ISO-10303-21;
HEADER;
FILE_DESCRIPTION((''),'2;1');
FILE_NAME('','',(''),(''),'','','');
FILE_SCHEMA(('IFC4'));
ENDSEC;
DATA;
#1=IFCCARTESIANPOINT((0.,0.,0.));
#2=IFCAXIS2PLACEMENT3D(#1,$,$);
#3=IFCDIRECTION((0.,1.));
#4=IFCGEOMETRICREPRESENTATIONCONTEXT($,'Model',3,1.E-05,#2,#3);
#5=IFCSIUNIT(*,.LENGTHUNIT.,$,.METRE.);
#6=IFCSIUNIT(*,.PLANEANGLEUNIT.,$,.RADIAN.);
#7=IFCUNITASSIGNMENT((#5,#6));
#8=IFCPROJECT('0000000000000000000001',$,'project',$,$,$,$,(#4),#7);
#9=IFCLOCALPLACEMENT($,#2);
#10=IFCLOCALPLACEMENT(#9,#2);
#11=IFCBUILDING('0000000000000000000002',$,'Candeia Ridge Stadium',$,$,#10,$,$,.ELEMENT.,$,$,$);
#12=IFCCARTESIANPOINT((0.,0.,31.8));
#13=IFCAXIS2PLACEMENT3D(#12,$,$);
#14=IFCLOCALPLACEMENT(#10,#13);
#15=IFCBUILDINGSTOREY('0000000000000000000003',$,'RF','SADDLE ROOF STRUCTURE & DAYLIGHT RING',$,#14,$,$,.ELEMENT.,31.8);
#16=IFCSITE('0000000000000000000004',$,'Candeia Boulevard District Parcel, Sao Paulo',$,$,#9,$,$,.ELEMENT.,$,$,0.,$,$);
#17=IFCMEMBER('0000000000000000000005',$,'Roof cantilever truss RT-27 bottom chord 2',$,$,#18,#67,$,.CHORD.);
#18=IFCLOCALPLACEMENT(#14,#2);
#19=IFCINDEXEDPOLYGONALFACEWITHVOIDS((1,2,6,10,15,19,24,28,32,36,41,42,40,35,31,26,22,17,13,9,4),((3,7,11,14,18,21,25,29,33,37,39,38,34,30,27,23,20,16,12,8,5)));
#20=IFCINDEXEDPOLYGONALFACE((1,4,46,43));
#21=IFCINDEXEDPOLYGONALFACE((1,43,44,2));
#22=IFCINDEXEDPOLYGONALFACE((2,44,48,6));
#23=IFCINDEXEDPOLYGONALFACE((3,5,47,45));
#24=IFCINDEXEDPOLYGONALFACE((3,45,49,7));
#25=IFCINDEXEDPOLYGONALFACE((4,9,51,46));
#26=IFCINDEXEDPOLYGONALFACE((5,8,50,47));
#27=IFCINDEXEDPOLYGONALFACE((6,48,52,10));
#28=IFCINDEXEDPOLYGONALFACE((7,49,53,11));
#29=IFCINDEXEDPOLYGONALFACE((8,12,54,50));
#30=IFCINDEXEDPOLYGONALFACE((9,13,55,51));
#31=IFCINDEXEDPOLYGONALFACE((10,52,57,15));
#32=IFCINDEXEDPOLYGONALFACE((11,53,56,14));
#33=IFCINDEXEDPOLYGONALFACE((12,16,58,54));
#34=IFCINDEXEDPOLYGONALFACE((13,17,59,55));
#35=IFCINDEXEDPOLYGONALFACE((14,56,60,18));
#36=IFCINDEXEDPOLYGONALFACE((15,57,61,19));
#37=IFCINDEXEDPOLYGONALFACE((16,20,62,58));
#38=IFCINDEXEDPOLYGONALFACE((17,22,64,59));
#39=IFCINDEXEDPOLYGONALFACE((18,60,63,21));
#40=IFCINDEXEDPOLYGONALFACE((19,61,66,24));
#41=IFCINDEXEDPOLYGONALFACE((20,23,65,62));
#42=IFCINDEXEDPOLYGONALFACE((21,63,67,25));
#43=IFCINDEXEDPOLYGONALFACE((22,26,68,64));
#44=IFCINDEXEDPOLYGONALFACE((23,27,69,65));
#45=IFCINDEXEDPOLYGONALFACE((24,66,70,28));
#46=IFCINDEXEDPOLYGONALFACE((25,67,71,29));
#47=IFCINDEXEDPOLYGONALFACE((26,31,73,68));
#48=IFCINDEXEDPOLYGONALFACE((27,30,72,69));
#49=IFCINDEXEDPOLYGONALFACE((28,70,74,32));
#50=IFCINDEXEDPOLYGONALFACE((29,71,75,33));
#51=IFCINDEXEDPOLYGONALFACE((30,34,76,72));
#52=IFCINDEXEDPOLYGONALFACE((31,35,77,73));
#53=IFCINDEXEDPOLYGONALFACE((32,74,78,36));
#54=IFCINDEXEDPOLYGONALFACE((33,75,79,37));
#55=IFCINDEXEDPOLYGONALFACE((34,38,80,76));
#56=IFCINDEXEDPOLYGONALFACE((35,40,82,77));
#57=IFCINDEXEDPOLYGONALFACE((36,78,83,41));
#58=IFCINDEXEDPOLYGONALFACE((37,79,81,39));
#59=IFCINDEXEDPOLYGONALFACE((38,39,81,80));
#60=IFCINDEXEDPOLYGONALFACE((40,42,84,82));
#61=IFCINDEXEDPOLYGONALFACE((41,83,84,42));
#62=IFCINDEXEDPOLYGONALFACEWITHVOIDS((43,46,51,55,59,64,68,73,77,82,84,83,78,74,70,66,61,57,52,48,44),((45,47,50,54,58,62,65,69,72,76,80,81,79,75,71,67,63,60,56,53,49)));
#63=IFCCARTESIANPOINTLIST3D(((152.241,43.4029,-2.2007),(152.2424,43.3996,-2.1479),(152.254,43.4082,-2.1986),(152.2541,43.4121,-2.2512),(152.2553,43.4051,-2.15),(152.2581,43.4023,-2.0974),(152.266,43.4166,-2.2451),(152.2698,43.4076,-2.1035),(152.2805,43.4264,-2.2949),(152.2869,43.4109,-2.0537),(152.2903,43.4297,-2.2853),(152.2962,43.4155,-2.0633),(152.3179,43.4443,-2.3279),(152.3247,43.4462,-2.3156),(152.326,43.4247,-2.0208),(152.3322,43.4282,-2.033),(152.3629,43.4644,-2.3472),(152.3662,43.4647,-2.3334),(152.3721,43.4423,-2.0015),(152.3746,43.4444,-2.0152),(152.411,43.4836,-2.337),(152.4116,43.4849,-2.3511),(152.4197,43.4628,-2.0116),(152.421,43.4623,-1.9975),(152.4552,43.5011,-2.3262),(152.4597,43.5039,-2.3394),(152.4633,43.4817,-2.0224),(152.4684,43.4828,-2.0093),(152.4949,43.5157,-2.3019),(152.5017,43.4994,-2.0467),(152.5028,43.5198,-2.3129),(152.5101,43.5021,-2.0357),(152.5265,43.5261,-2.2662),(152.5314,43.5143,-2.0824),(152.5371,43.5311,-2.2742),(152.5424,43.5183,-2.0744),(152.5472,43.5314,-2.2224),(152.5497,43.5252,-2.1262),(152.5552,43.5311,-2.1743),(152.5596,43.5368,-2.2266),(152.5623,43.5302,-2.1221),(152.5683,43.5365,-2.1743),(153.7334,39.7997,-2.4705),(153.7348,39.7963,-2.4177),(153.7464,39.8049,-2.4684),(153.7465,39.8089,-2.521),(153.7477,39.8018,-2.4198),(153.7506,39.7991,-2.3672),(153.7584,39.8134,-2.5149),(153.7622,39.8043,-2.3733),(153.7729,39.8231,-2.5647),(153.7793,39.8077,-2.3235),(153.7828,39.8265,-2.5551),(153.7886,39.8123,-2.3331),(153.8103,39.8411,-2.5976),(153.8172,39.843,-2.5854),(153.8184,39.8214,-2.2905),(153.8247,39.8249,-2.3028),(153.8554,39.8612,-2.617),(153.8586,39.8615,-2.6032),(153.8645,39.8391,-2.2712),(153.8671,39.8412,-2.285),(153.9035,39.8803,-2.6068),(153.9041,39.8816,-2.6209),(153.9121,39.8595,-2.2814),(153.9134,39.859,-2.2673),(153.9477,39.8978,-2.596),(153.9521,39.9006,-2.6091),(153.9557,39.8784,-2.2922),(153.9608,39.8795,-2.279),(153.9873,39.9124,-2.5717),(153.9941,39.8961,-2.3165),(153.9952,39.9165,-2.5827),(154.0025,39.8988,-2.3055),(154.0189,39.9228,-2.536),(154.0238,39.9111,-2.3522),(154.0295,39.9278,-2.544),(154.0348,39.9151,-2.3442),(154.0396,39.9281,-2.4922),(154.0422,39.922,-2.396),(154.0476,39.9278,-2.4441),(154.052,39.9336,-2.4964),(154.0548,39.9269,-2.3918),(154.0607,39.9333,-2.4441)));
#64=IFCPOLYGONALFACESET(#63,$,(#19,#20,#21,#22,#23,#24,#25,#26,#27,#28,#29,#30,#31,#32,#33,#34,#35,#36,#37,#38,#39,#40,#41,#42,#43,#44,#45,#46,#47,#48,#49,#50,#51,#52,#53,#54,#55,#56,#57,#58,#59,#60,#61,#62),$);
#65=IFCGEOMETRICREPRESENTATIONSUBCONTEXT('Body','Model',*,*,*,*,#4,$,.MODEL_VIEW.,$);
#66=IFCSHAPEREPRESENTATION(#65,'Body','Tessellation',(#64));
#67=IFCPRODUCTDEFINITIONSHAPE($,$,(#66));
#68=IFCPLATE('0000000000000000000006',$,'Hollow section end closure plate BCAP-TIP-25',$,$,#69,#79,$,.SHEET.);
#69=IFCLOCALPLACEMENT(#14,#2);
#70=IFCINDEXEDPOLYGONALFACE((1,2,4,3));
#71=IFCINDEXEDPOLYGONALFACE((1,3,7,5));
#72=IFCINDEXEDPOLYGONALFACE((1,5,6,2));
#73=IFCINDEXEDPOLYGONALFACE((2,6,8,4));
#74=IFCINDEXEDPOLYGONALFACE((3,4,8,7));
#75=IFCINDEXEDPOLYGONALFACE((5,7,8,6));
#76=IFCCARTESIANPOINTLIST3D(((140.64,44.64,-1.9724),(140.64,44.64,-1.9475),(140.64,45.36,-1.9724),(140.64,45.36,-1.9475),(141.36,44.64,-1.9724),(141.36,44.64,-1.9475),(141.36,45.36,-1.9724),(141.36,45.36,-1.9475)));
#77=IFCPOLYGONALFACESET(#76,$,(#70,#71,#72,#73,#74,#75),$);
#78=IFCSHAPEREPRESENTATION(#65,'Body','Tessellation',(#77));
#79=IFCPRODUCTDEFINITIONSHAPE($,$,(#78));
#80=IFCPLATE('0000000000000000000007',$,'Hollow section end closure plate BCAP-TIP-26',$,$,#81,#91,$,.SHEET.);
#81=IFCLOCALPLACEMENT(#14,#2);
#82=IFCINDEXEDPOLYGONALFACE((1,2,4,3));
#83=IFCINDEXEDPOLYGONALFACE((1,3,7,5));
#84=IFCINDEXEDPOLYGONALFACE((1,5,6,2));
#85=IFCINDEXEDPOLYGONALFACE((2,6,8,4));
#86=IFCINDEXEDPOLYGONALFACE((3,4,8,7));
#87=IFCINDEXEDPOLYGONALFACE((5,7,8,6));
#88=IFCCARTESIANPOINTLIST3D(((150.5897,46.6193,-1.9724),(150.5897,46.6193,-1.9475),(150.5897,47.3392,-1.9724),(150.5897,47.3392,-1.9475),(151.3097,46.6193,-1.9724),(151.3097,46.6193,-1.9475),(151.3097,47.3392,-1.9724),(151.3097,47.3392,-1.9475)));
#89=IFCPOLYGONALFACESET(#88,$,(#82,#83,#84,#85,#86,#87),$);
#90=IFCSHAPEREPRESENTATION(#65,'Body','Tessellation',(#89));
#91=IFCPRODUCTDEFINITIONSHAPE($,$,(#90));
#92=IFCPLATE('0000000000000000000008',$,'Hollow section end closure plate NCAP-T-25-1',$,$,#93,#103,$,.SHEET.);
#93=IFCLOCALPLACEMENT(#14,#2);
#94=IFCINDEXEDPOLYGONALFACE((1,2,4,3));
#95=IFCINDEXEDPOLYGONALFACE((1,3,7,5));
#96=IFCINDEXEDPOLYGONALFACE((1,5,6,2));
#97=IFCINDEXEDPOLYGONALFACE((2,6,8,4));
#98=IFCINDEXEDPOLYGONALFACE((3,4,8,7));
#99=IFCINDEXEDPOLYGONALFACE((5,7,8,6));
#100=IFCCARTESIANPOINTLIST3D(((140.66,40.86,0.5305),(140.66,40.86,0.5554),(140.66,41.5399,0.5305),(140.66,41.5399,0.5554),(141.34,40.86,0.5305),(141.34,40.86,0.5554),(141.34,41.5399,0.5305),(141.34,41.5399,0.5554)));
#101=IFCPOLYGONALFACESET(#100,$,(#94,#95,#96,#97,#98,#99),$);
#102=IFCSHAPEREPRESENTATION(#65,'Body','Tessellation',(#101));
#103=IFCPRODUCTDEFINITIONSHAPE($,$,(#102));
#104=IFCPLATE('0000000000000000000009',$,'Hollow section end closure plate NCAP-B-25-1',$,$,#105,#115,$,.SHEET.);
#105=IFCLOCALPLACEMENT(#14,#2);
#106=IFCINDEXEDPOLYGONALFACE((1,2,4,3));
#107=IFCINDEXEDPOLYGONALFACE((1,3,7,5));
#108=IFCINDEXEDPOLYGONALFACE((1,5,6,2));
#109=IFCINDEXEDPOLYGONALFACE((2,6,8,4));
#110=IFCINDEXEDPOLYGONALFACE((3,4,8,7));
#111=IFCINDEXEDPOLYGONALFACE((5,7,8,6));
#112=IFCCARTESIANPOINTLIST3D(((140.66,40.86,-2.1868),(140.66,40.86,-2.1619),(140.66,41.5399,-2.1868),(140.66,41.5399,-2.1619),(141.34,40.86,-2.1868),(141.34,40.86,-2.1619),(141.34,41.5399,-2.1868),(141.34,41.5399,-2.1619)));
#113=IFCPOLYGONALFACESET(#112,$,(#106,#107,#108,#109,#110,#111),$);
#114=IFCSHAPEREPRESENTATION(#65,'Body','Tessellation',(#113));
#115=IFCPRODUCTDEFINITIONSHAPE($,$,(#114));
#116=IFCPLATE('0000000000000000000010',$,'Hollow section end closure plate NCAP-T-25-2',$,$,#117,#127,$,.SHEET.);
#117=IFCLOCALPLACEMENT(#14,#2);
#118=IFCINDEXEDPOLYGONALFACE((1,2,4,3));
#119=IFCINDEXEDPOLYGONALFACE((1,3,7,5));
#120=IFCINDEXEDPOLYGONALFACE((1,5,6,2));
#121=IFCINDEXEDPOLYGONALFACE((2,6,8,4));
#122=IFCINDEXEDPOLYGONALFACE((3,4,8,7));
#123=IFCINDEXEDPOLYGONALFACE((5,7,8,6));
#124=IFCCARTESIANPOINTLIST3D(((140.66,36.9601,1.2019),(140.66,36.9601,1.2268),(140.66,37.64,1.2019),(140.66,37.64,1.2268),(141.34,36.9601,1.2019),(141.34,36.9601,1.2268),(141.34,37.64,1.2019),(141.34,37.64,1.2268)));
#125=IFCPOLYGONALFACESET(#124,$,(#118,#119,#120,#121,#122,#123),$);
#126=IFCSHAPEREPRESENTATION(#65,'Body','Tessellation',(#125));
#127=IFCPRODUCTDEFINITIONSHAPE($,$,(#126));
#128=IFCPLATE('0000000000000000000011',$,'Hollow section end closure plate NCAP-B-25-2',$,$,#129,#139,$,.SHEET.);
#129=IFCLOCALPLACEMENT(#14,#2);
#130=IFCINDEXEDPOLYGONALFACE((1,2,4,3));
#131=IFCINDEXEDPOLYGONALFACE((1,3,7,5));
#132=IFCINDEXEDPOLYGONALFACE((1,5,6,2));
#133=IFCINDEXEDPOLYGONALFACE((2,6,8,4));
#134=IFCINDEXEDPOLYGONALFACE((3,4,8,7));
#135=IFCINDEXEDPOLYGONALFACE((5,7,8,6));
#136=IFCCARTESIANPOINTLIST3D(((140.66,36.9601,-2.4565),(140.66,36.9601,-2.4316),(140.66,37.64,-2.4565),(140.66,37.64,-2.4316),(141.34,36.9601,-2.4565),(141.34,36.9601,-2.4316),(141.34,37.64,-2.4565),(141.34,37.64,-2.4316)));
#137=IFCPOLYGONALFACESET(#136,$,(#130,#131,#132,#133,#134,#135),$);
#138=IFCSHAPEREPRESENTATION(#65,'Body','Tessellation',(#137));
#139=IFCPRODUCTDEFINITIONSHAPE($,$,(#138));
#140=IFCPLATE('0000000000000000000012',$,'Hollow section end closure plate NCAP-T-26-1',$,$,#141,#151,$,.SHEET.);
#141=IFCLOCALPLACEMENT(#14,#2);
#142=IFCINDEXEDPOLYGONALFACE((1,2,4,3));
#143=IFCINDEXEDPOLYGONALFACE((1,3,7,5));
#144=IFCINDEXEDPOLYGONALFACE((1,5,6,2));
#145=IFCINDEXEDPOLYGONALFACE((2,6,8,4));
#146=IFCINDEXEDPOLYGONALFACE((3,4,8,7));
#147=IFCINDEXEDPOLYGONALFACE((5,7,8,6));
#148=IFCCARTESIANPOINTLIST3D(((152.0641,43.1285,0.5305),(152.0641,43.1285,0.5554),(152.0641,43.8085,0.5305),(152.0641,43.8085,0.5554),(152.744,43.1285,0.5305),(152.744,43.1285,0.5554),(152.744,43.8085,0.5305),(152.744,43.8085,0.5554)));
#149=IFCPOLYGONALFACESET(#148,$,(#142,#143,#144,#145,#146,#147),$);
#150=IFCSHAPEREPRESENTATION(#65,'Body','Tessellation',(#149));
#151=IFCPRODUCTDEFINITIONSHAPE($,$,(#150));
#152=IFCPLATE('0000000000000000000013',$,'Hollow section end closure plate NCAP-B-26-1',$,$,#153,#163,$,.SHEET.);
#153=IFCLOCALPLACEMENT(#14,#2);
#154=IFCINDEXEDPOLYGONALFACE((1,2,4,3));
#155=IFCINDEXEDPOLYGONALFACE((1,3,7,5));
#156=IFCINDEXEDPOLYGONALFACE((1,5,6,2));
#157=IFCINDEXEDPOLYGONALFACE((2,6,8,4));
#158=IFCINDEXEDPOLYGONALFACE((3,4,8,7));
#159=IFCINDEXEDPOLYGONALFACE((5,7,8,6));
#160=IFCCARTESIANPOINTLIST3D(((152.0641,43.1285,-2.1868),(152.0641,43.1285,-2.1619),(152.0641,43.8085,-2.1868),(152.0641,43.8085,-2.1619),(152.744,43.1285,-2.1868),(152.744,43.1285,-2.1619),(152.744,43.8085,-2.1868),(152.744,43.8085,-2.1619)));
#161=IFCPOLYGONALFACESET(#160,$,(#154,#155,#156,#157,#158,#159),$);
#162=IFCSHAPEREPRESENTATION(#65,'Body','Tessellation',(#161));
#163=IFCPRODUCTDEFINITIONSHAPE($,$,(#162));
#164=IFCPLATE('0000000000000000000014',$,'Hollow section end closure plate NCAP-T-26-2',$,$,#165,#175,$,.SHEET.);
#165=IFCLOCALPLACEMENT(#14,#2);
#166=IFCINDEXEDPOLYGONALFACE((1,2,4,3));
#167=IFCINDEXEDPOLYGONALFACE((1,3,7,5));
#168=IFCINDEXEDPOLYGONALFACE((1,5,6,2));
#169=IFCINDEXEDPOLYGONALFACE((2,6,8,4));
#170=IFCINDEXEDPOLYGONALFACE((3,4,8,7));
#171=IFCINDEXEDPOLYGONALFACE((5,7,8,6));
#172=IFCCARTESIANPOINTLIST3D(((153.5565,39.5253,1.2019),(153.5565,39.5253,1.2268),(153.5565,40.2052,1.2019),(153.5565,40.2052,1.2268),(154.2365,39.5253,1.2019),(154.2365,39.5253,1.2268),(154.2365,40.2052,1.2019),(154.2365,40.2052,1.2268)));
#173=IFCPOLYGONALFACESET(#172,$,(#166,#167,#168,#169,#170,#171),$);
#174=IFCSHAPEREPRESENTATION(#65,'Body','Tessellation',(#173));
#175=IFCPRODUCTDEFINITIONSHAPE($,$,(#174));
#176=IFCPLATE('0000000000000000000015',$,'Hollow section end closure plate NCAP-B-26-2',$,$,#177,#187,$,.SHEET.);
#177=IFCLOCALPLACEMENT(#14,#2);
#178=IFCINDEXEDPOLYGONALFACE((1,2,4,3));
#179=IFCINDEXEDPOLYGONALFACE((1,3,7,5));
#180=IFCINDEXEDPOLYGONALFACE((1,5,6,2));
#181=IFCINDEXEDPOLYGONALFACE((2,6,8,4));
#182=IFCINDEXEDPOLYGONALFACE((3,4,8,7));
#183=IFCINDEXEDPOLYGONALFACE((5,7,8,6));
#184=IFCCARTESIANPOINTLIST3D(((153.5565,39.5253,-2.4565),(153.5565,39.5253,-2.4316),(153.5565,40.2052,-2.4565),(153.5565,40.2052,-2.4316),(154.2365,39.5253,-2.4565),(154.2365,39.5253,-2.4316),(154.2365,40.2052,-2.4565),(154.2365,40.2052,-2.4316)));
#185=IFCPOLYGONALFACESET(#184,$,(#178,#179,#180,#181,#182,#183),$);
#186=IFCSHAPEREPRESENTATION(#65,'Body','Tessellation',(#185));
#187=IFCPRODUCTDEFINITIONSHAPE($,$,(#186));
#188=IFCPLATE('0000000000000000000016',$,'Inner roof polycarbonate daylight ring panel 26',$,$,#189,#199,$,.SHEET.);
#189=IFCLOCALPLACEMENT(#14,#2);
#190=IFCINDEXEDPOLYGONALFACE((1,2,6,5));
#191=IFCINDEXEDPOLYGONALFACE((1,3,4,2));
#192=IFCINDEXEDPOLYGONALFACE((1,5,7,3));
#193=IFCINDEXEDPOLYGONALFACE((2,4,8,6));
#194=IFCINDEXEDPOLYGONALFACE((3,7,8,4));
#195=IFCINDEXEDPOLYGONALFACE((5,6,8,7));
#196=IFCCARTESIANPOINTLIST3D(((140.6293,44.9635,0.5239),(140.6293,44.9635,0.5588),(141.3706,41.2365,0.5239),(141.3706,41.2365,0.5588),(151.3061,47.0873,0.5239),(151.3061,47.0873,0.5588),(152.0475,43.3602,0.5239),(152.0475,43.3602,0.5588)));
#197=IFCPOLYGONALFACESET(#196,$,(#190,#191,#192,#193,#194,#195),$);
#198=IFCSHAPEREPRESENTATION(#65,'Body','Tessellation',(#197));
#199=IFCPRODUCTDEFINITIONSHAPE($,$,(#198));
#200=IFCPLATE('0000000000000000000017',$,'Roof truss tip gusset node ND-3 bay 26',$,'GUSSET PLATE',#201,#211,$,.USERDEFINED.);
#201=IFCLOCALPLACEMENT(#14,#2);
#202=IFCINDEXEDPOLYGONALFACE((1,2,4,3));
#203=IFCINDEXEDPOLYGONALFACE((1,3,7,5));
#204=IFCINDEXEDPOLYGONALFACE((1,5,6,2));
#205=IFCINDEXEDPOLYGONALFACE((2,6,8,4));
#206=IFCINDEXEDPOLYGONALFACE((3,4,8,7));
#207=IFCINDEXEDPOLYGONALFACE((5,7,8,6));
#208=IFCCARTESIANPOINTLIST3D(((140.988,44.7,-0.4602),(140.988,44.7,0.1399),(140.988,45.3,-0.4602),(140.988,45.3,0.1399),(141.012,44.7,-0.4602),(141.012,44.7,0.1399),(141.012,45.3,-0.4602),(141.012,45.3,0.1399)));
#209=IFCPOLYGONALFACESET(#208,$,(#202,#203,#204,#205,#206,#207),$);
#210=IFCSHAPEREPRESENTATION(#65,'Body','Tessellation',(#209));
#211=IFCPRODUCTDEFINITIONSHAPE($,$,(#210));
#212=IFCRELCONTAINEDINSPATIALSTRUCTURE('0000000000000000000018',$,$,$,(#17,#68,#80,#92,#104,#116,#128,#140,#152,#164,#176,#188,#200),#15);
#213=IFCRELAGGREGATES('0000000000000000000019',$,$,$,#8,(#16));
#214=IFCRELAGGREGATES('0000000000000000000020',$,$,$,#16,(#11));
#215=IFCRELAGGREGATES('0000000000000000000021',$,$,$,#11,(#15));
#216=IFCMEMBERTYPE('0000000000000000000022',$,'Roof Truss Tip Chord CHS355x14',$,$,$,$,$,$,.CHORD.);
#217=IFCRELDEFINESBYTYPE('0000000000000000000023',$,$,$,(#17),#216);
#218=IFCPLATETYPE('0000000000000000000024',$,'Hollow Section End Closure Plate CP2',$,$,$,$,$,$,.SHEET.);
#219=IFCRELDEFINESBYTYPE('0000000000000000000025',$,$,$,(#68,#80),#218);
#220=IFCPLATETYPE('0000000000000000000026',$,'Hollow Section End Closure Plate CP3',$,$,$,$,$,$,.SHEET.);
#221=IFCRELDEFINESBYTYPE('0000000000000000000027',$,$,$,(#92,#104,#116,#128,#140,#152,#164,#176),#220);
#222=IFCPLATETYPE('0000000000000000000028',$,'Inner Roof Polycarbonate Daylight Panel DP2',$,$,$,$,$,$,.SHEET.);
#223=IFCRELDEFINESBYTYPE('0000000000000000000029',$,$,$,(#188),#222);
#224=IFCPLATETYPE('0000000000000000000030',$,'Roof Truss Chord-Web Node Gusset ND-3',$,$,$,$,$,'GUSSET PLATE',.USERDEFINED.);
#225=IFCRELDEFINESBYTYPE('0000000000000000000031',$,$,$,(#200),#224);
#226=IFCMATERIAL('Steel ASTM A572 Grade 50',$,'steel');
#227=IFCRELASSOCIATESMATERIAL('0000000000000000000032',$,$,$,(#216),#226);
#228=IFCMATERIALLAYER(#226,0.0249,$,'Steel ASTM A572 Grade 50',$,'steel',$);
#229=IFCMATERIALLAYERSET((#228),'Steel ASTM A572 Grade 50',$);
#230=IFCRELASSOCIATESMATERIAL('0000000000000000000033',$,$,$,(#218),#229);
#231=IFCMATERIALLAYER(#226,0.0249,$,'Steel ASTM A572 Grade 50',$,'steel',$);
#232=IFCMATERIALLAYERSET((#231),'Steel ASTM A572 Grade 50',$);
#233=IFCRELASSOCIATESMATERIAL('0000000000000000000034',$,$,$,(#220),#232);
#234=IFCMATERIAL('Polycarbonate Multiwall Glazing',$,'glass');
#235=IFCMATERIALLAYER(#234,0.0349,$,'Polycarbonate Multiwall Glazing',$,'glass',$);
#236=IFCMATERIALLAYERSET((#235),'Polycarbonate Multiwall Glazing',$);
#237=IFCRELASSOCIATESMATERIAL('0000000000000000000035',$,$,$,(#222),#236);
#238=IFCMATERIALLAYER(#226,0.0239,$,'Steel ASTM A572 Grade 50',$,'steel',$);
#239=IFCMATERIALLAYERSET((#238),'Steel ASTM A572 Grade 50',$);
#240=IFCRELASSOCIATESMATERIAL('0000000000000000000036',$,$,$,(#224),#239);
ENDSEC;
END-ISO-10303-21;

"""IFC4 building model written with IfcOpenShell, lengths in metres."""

from ifc_helpers import new_model, si_unit, direction, frame, origin, origin_2d, place, context, subcontext, project, spatial, rectangle, hollow_circle, extrude, material, layer, layer_set, material_profile, profile_set, type_object, element, save


model = new_model("IFC4")

# Units and contexts
model_context = context("Model", 3, precision=1e-05, world=origin(), true_north=direction((0.0, 1.0)))
body_context = subcontext(model_context, "Body", "Model", "MODEL_VIEW")
ifc_project = project(units=[si_unit("LENGTHUNIT", "METRE"), si_unit("PLANEANGLEUNIT", "RADIAN")], contexts=[model_context])

# Site, building, storey
site_placement = place(None, origin())
site = spatial("IfcSite", under=ifc_project, at=site_placement, Name="Candeia Boulevard District Parcel, Sao Paulo", CompositionType="ELEMENT", RefElevation=0.0)
building_placement = place(site_placement, origin())
building = spatial("IfcBuilding", under=site, at=building_placement, Name="Candeia Ridge Stadium", CompositionType="ELEMENT")
storey_placement = place(building_placement, frame((0.0, 0.0, 31.8)))
storey = spatial("IfcBuildingStorey", under=building, at=storey_placement, Name="RF", Description="SADDLE ROOF STRUCTURE & DAYLIGHT RING", CompositionType="ELEMENT", Elevation=31.8)

# Shared definitions
ifc_material_1 = material(Name="Steel ASTM A572 Grade 50", Category="steel")

# Member
ifc_material_profile_1 = material_profile(ifc_material_1, hollow_circle(Radius=0.1777, WallThickness=0.0142, at=origin_2d()), Name="CHS355x14", Category="steel")
ifc_profile_set_1 = profile_set([ifc_material_profile_1], Name="Steel ASTM A572 Grade 50")
member_type_1 = type_object("IfcMemberType", Name="Roof Truss Tip Chord CHS355x14", PredefinedType="CHORD", material=ifc_profile_set_1)
member_1_placement = place(storey_placement, frame((152.4041, 43.4685, -2.1743), z_axis=(0.381751, -0.921686, -0.069006), x_axis=(0.923888, 0.382663, 0.0)))
element("IfcMember", 1, at=member_1_placement, inside=storey, type_object=member_type_1, Name="Roof cantilever truss RT-27 bottom chord 2", PredefinedType="CHORD", context=body_context, shape_type="SweptSolid", body=[
    extrude(hollow_circle(Radius=0.1777, WallThickness=0.0142, at=origin_2d()), origin(), (0.0, 0.0, 1.0), 3.9094),
])

# Plates
ifc_layer_1 = layer(ifc_material_1, 0.0249, Name="Steel ASTM A572 Grade 50", Category="steel")
ifc_layer_set_1 = layer_set([ifc_layer_1], Name="Steel ASTM A572 Grade 50")
plate_type_1 = type_object("IfcPlateType", Name="Hollow Section End Closure Plate CP2", PredefinedType="SHEET", material=ifc_layer_set_1)
for number, where, z_axis, x_axis, name in (
    (2, (141.0, 45.0, -1.9724), (0.0, 0.0, 1.0), (1.0, 0.0, 0.0), "Hollow section end closure plate BCAP-TIP-25"),
    (3, (150.9497, 46.9792, -1.9724), (0.0, 0.0, 1.0), (1.0, 0.0, 0.0), "Hollow section end closure plate BCAP-TIP-26"),
):
    element("IfcPlate", number, at=place(storey_placement, frame(where, z_axis=z_axis, x_axis=x_axis)), inside=storey, type_object=plate_type_1, Name=name, PredefinedType="SHEET", context=body_context, shape_type="SweptSolid", body=[
        extrude(rectangle(XDim=0.72, YDim=0.72, at=origin_2d()), origin(), (0.0, 0.0, 1.0), 0.0249),
    ])
ifc_layer_2 = layer(ifc_material_1, 0.0249, Name="Steel ASTM A572 Grade 50", Category="steel")
ifc_layer_set_2 = layer_set([ifc_layer_2], Name="Steel ASTM A572 Grade 50")
plate_type_2 = type_object("IfcPlateType", Name="Hollow Section End Closure Plate CP3", PredefinedType="SHEET", material=ifc_layer_set_2)
for number, where, z_axis, x_axis, name in (
    (4, (141.0, 41.2, 0.5305), (0.0, 0.0, 1.0), (1.0, 0.0, 0.0), "Hollow section end closure plate NCAP-T-25-1"),
    (5, (141.0, 41.2, -2.1868), (0.0, 0.0, 1.0), (1.0, 0.0, 0.0), "Hollow section end closure plate NCAP-B-25-1"),
    (6, (141.0, 37.3, 1.2019), (0.0, 0.0, 1.0), (1.0, 0.0, 0.0), "Hollow section end closure plate NCAP-T-25-2"),
    (7, (141.0, 37.3, -2.4565), (0.0, 0.0, 1.0), (1.0, 0.0, 0.0), "Hollow section end closure plate NCAP-B-25-2"),
    (8, (152.4041, 43.4685, 0.5305), (0.0, 0.0, 1.0), (1.0, 0.0, 0.0), "Hollow section end closure plate NCAP-T-26-1"),
    (9, (152.4041, 43.4685, -2.1868), (0.0, 0.0, 1.0), (1.0, 0.0, 0.0), "Hollow section end closure plate NCAP-B-26-1"),
    (10, (153.8965, 39.8652, 1.2019), (0.0, 0.0, 1.0), (1.0, 0.0, 0.0), "Hollow section end closure plate NCAP-T-26-2"),
    (11, (153.8965, 39.8652, -2.4565), (0.0, 0.0, 1.0), (1.0, 0.0, 0.0), "Hollow section end closure plate NCAP-B-26-2"),
):
    element("IfcPlate", number, at=place(storey_placement, frame(where, z_axis=z_axis, x_axis=x_axis)), inside=storey, type_object=plate_type_2, Name=name, PredefinedType="SHEET", context=body_context, shape_type="SweptSolid", body=[
        extrude(rectangle(XDim=0.6799, YDim=0.6799, at=origin_2d()), origin(), (0.0, 0.0, 1.0), 0.0249),
    ])
ifc_material_2 = material(Name="Polycarbonate Multiwall Glazing", Category="glass")
ifc_layer_3 = layer(ifc_material_2, 0.0349, Name="Polycarbonate Multiwall Glazing", Category="glass")
ifc_layer_set_3 = layer_set([ifc_layer_3], Name="Polycarbonate Multiwall Glazing")
plate_type_3 = type_object("IfcPlateType", Name="Inner Roof Polycarbonate Daylight Panel DP2", PredefinedType="SHEET", material=ifc_layer_set_3)
plate_placement = place(storey_placement, frame((146.3384, 44.1619, 0.5239), z_axis=(0.0, 0.0, 1.0), x_axis=(0.980785, 0.19509, 0.0)))
element("IfcPlate", 12, at=plate_placement, inside=storey, type_object=plate_type_3, Name="Inner roof polycarbonate daylight ring panel 26", PredefinedType="SHEET", context=body_context, shape_type="SweptSolid", body=[
    extrude(rectangle(XDim=10.886, YDim=3.8, at=origin_2d()), origin(), (0.0, 0.0, 1.0), 0.0349),
])
ifc_layer_4 = layer(ifc_material_1, 0.0239, Name="Steel ASTM A572 Grade 50", Category="steel")
ifc_layer_set_4 = layer_set([ifc_layer_4], Name="Steel ASTM A572 Grade 50")
plate_type_4 = type_object("IfcPlateType", Name="Roof Truss Chord-Web Node Gusset ND-3", ElementType="GUSSET PLATE", PredefinedType="USERDEFINED", material=ifc_layer_set_4)
for number, where, z_axis, x_axis, name in (
    (13, (141.0, 45.0, -0.4602), (0.0, 0.0, 1.0), (0.0, -1.0, 0.0), "Roof truss tip gusset node ND-3 bay 26"),
):
    element("IfcPlate", number, at=place(storey_placement, frame(where, z_axis=z_axis, x_axis=x_axis)), inside=storey, type_object=plate_type_4, Name=name, ObjectType="GUSSET PLATE", PredefinedType="USERDEFINED", context=body_context, shape_type="SweptSolid", body=[
        extrude(rectangle(XDim=0.6001, YDim=0.0239, at=origin_2d()), origin(), (0.0, 0.0, 1.0), 0.6001),
    ])

save(model, "model.ifc")
